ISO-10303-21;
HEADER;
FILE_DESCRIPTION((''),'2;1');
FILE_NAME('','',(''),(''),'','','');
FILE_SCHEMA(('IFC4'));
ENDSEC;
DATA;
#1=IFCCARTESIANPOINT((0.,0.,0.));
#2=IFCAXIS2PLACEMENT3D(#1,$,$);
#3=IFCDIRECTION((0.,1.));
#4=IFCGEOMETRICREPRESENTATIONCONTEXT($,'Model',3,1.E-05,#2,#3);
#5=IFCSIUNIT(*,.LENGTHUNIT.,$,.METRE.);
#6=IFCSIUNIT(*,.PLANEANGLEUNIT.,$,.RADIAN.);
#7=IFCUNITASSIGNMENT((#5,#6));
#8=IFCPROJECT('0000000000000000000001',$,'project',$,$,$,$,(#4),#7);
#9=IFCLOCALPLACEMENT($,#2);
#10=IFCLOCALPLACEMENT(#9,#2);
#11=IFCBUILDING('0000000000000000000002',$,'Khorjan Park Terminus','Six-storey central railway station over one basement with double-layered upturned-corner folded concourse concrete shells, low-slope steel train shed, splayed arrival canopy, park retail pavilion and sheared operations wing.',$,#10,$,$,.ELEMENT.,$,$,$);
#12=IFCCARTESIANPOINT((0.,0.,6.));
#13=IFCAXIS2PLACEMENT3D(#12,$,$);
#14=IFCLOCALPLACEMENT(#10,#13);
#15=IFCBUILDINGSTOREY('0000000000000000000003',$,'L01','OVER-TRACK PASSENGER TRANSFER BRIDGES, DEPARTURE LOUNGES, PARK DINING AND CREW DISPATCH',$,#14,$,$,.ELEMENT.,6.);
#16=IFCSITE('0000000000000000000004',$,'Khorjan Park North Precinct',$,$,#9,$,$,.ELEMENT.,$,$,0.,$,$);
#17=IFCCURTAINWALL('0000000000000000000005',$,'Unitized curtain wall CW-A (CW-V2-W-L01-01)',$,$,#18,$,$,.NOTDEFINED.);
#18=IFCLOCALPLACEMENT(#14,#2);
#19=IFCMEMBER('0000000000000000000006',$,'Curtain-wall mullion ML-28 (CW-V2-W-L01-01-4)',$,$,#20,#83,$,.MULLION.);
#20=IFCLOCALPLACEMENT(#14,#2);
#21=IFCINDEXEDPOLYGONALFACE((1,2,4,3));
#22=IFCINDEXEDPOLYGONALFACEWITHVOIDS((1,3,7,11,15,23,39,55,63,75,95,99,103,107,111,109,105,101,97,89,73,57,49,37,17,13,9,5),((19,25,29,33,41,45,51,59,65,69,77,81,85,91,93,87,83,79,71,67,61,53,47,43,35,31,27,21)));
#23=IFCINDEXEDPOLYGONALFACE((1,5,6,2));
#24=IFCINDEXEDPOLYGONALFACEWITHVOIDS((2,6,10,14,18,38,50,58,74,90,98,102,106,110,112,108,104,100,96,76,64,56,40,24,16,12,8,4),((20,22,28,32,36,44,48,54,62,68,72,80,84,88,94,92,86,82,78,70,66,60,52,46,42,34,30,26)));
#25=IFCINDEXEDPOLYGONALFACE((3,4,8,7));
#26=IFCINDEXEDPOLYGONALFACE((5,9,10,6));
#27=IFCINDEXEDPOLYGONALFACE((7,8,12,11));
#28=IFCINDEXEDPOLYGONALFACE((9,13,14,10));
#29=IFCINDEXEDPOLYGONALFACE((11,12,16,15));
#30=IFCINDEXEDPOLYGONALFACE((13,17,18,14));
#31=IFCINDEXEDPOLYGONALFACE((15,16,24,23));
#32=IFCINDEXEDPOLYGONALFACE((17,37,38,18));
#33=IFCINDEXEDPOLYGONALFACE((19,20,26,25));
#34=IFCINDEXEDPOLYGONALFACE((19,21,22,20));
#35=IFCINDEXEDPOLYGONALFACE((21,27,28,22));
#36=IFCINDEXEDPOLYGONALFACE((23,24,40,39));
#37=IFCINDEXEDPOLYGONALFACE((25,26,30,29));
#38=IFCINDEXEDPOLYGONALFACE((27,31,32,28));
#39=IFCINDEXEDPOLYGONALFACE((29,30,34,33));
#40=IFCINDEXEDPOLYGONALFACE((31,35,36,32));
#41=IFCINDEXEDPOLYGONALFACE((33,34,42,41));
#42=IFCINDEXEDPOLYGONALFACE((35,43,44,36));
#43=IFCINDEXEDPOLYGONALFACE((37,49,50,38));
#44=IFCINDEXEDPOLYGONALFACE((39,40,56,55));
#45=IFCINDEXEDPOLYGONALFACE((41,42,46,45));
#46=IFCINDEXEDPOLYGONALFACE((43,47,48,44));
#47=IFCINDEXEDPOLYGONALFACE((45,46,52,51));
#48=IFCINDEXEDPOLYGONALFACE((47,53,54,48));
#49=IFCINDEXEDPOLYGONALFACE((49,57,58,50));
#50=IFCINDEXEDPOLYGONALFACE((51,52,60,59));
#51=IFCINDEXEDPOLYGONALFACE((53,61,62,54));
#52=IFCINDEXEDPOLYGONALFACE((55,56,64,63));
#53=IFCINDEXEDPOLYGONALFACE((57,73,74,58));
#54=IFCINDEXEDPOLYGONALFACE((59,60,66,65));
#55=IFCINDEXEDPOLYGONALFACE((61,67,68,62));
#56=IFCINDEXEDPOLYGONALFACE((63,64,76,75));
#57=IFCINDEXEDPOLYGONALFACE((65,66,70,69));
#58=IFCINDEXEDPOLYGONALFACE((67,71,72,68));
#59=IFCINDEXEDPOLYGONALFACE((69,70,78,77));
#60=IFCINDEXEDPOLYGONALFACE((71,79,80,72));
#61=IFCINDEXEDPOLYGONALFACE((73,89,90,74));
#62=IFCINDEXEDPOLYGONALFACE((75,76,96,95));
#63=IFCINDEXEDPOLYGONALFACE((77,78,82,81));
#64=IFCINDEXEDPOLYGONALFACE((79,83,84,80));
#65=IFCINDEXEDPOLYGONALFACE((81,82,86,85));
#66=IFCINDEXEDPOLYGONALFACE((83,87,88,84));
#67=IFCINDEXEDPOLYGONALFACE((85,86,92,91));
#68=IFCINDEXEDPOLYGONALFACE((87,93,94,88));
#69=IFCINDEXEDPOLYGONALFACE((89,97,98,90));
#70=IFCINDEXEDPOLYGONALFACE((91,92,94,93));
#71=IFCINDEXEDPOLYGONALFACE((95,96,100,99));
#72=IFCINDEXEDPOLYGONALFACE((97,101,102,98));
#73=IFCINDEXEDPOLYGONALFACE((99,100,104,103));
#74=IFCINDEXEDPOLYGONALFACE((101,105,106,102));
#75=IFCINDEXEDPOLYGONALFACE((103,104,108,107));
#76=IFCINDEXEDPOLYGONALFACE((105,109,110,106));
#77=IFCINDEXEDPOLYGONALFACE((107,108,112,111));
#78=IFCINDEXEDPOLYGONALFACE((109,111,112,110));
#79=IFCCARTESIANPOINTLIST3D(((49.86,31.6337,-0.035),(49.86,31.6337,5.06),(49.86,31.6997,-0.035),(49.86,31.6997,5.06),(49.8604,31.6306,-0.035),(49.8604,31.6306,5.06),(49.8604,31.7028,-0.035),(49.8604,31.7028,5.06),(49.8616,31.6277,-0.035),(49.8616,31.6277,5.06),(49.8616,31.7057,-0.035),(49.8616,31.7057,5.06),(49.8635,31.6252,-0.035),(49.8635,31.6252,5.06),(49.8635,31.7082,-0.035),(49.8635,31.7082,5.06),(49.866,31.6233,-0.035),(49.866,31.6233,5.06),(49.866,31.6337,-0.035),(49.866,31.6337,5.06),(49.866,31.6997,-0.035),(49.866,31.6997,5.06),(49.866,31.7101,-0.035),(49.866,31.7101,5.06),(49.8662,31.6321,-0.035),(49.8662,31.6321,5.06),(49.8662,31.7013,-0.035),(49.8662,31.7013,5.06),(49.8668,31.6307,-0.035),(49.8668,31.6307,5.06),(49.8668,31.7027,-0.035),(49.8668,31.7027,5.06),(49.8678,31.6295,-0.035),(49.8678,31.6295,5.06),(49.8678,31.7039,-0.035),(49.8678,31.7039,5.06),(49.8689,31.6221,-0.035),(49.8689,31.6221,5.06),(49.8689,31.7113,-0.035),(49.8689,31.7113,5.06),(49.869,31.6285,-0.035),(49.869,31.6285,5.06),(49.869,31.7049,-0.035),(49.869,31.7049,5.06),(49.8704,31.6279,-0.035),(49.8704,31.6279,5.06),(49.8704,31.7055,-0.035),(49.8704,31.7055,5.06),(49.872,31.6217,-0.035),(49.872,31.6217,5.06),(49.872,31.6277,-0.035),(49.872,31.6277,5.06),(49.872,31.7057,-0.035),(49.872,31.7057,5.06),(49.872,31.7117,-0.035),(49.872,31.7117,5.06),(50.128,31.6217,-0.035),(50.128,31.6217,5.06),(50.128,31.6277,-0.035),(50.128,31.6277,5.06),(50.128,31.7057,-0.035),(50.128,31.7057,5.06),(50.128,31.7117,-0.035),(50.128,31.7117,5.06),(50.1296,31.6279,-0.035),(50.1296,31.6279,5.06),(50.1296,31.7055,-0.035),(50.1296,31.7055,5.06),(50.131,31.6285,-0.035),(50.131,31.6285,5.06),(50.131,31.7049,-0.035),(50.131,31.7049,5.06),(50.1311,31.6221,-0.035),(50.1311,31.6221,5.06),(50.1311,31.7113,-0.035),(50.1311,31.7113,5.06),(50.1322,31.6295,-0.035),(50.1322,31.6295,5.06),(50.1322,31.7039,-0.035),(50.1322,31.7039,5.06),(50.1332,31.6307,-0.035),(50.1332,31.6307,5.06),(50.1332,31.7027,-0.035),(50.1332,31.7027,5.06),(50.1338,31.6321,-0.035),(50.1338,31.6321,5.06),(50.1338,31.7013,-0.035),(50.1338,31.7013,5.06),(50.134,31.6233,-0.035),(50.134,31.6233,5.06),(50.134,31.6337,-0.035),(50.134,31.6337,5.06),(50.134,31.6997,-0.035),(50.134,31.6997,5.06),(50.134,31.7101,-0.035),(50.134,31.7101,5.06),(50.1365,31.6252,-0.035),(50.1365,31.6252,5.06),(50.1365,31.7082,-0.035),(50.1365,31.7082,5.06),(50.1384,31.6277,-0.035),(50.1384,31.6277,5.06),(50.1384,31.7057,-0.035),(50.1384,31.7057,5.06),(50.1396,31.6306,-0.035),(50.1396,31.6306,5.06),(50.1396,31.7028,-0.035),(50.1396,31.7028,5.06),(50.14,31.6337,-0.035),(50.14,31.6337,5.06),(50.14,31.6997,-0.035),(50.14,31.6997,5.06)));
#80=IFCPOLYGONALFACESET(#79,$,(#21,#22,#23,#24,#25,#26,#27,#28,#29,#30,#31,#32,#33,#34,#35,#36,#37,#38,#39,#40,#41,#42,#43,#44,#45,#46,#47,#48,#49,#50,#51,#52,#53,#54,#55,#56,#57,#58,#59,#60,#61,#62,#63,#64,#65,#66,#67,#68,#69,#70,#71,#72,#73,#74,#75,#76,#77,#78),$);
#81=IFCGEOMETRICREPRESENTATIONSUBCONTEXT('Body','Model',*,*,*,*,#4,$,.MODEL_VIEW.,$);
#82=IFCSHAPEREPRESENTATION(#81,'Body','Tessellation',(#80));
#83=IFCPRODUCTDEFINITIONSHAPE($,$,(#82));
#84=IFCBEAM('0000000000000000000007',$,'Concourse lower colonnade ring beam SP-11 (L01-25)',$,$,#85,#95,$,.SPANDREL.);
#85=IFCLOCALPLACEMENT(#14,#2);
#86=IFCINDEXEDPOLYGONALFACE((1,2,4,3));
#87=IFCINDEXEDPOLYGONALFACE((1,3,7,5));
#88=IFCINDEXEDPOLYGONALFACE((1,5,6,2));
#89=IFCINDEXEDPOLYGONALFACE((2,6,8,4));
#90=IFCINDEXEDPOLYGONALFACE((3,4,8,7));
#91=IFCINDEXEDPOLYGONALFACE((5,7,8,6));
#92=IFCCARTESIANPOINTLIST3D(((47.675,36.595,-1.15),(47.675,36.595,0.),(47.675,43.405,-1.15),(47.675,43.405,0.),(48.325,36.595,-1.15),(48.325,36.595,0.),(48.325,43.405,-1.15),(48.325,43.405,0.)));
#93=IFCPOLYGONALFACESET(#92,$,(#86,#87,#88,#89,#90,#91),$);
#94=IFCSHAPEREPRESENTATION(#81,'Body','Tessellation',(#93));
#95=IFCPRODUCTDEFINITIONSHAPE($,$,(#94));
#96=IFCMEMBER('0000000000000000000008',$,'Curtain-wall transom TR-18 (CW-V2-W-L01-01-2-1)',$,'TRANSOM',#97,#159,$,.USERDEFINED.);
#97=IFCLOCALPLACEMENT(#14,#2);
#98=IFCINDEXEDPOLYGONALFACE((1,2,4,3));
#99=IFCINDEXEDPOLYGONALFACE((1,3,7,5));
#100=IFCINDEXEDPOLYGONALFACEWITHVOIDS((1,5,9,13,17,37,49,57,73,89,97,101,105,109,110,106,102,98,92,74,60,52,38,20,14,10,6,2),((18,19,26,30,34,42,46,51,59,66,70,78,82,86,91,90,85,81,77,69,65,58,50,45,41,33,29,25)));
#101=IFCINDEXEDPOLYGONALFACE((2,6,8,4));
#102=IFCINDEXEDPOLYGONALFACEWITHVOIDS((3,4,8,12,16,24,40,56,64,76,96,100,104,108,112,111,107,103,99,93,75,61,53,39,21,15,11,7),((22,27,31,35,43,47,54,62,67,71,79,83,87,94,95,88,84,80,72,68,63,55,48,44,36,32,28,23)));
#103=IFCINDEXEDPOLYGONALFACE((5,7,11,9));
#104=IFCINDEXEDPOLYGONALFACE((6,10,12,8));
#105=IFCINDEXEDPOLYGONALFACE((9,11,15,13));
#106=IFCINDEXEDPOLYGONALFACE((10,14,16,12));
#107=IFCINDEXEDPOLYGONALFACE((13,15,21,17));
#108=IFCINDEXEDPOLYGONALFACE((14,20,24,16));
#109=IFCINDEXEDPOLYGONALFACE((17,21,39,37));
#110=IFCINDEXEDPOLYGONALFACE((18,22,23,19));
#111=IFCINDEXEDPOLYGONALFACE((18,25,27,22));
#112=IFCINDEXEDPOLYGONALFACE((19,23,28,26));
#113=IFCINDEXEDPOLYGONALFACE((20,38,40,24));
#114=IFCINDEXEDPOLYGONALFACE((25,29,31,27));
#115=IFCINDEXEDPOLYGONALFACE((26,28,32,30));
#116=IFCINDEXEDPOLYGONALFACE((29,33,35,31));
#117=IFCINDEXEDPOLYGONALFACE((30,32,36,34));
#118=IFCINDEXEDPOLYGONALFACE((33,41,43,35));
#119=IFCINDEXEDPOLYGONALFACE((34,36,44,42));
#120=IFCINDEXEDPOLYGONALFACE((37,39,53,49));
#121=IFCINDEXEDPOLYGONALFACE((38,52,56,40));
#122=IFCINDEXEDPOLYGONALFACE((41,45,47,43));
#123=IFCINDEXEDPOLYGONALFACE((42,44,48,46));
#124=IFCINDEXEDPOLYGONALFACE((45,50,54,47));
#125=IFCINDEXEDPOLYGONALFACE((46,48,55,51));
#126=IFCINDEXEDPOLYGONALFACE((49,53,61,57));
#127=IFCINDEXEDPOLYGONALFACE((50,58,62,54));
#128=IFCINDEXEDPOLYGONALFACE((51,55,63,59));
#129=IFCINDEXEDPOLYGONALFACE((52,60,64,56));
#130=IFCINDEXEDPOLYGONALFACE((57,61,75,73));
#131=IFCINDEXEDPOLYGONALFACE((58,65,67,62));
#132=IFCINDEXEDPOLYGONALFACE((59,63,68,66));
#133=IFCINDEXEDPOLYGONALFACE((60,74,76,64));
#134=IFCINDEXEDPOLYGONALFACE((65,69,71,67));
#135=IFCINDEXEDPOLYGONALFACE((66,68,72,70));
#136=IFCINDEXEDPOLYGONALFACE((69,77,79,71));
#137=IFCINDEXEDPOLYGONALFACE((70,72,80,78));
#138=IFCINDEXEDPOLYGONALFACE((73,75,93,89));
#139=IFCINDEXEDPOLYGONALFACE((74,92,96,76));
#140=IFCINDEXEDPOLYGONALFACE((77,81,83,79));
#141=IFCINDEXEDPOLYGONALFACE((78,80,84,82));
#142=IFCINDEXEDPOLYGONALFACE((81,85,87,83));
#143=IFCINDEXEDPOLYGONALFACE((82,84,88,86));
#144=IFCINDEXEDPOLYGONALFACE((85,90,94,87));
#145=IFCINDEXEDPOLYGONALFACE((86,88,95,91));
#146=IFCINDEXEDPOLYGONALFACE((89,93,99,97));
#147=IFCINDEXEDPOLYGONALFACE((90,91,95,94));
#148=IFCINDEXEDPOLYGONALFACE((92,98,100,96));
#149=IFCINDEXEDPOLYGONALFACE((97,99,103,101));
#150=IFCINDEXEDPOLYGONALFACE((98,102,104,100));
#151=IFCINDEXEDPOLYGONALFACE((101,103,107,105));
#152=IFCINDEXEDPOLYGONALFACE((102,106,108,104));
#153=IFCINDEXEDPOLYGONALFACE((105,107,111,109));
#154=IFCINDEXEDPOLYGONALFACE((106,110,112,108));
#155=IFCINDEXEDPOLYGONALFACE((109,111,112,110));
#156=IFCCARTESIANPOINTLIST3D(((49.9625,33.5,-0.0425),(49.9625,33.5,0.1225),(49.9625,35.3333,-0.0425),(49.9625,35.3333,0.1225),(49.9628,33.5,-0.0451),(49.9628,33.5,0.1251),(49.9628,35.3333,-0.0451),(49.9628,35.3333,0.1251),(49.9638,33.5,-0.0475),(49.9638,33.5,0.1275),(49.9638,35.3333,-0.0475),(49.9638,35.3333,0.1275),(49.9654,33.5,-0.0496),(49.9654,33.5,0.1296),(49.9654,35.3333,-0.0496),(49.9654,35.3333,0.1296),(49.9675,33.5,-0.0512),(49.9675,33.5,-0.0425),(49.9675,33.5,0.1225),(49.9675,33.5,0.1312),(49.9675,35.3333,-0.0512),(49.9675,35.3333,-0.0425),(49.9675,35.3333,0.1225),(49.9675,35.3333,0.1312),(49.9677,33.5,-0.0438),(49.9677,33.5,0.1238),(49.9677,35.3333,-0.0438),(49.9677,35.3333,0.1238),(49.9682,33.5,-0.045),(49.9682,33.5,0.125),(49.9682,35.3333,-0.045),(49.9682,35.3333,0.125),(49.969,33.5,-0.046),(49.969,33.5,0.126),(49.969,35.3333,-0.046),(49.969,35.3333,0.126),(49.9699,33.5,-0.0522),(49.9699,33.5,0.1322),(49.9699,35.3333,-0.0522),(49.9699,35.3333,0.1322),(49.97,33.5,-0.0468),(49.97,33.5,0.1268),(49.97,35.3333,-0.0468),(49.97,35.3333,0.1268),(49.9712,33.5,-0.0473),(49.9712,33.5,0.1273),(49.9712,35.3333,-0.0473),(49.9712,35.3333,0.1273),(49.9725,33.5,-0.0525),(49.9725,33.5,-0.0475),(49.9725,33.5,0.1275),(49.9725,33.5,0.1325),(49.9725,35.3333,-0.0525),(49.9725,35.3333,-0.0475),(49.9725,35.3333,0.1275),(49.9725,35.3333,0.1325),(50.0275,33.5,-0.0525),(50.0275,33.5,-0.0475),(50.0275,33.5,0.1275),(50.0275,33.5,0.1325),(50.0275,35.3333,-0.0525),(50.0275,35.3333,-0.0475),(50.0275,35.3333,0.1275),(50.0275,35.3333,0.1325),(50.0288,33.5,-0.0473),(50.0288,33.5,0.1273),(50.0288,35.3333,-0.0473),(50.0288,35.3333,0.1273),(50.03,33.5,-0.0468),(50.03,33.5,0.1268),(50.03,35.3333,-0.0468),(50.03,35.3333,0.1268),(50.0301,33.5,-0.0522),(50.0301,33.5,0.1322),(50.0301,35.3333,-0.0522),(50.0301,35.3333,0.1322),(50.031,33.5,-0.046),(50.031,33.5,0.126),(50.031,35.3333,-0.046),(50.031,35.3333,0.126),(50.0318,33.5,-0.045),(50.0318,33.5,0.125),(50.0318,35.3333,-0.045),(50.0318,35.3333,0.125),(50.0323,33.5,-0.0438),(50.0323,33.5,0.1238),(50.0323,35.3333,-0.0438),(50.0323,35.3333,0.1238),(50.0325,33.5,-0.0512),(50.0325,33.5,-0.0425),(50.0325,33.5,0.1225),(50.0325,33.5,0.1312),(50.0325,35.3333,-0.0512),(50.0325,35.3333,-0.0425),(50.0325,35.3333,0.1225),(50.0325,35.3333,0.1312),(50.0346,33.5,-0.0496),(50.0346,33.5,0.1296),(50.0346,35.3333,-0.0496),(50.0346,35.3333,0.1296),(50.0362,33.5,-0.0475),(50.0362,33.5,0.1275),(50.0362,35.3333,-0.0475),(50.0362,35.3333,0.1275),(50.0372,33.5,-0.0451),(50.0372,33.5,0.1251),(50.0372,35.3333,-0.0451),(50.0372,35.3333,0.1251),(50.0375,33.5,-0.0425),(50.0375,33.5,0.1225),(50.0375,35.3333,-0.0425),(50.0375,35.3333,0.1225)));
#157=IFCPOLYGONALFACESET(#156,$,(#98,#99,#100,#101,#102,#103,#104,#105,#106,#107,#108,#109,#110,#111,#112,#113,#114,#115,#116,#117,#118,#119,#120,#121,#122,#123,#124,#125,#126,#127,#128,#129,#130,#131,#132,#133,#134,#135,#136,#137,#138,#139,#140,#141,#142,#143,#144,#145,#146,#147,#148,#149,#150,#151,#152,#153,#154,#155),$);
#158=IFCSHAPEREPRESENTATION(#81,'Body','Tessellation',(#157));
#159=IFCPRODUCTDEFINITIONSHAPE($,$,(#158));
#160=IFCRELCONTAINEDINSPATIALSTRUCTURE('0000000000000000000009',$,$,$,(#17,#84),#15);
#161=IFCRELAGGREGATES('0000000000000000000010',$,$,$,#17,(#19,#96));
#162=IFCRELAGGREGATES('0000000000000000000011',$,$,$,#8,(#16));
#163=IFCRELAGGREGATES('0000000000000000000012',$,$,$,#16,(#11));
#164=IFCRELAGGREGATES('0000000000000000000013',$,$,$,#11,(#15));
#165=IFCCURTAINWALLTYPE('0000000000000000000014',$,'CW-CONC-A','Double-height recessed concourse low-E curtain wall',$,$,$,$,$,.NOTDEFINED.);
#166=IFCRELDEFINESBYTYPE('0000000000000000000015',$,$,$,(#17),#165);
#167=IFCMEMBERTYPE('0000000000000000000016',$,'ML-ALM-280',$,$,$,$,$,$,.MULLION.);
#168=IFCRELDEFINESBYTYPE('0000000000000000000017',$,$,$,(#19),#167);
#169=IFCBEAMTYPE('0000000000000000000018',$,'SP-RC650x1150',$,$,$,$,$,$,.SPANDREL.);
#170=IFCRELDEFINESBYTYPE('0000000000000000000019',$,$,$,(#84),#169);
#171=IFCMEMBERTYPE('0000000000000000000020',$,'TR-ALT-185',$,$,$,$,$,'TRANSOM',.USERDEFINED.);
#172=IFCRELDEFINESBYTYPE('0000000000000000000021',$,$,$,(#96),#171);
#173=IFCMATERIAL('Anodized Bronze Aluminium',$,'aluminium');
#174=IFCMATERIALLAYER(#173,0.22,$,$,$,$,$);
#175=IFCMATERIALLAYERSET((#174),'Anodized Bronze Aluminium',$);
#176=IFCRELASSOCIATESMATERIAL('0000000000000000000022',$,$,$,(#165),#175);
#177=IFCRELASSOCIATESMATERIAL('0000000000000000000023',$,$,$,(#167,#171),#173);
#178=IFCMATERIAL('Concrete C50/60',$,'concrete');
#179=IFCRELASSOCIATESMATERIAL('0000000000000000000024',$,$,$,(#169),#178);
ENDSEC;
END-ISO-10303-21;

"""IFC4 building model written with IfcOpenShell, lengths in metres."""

from ifc_helpers import new_model, si_unit, direction, frame, origin, origin_2d, place, context, subcontext, project, spatial, rectangle, hollow_rectangle, extrude, material, layer, layer_set, material_profile, profile_set, type_object, element, aggregate, save


model = new_model("IFC4")

# Units and contexts
model_context = context("Model", 3, precision=1e-05, world=origin(), true_north=direction((0.0, 1.0)))
body_context = subcontext(model_context, "Body", "Model", "MODEL_VIEW")
ifc_project = project(units=[si_unit("LENGTHUNIT", "METRE"), si_unit("PLANEANGLEUNIT", "RADIAN")], contexts=[model_context])

# Site, building, storey
site_placement = place(None, origin())
site = spatial("IfcSite", under=ifc_project, at=site_placement, Name="Khorjan Park North Precinct", CompositionType="ELEMENT", RefElevation=0.0)
building_placement = place(site_placement, origin())
building = spatial("IfcBuilding", under=site, at=building_placement, Name="Khorjan Park Terminus", Description="Six-storey central railway station over one basement with double-layered upturned-corner folded concourse concrete shells, low-slope steel train shed, splayed arrival canopy, park retail pavilion and sheared operations wing.", CompositionType="ELEMENT")
storey_placement = place(building_placement, frame((0.0, 0.0, 6.0)))
storey = spatial("IfcBuildingStorey", under=building, at=storey_placement, Name="L01", Description="OVER-TRACK PASSENGER TRANSFER BRIDGES, DEPARTURE LOUNGES, PARK DINING AND CREW DISPATCH", CompositionType="ELEMENT", Elevation=6.0)

# Shared definitions
ifc_material_1 = material(Name="Concrete C50/60", Category="concrete")

# Curtain wall, member
ifc_material_2 = material(Name="Anodized Bronze Aluminium", Category="aluminium")
ifc_layer_1 = layer(ifc_material_2, 0.22)
ifc_layer_set_1 = layer_set([ifc_layer_1], Name="Anodized Bronze Aluminium")
curtain_wall_type = type_object("IfcCurtainWallType", Name="CW-CONC-A", Description="Double-height recessed concourse low-E curtain wall", PredefinedType="NOTDEFINED", material=ifc_layer_set_1)
curtain_wall_placement = place(storey_placement, origin())
curtain_wall = element("IfcCurtainWall", 1, at=curtain_wall_placement, inside=storey, type_object=curtain_wall_type, Name="Unitized curtain wall CW-A (CW-V2-W-L01-01)", PredefinedType="NOTDEFINED")
ifc_material_profile_1 = material_profile(ifc_material_2, hollow_rectangle(XDim=0.09, YDim=0.28, WallThickness=0.006, InnerFilletRadius=0.006, OuterFilletRadius=0.012, at=origin_2d()), Name="ALM 90x280x6")
ifc_profile_set_1 = profile_set([ifc_material_profile_1], Name="Anodized Bronze Aluminium")
member_type_1 = type_object("IfcMemberType", Name="ML-ALM-280", PredefinedType="MULLION", material=ifc_profile_set_1)
member_1_placement = place(storey_placement, frame((50.0, 31.6667, -0.035), z_axis=(0.0, 0.0, 1.0), x_axis=(0.0, -1.0, 0.0)))
member_1 = element("IfcMember", 2, at=member_1_placement, type_object=member_type_1, Name="Curtain-wall mullion ML-28 (CW-V2-W-L01-01-4)", PredefinedType="MULLION", context=body_context, shape_type="SweptSolid", body=[
    extrude(hollow_rectangle(XDim=0.09, YDim=0.28, WallThickness=0.006, InnerFilletRadius=0.006, OuterFilletRadius=0.012, at=origin_2d()), origin(), (0.0, 0.0, 1.0), 5.095),
])

# Beam
ifc_material_profile_2 = material_profile(ifc_material_1, rectangle(XDim=0.65, YDim=1.15, at=origin_2d()), Name="RC 650x1150")
ifc_profile_set_2 = profile_set([ifc_material_profile_2], Name="Concrete C50/60")
beam_type = type_object("IfcBeamType", Name="SP-RC650x1150", PredefinedType="SPANDREL", material=ifc_profile_set_2)
beam_placement = place(storey_placement, frame((48.0, 36.595, -0.575), z_axis=(0.0, 1.0, 0.0), x_axis=(-1.0, 0.0, 0.0)))
element("IfcBeam", 3, at=beam_placement, inside=storey, type_object=beam_type, Name="Concourse lower colonnade ring beam SP-11 (L01-25)", PredefinedType="SPANDREL", context=body_context, shape_type="SweptSolid", body=[
    extrude(rectangle(XDim=0.65, YDim=1.15, at=origin_2d()), origin(), (0.0, 0.0, 1.0), 6.81),
])

# Member
ifc_material_profile_3 = material_profile(ifc_material_2, hollow_rectangle(XDim=0.075, YDim=0.185, WallThickness=0.005, InnerFilletRadius=0.005, OuterFilletRadius=0.01, at=origin_2d()), Name="ALT 75x185x5")
ifc_profile_set_3 = profile_set([ifc_material_profile_3], Name="Anodized Bronze Aluminium")
member_type_2 = type_object("IfcMemberType", Name="TR-ALT-185", ElementType="TRANSOM", PredefinedType="USERDEFINED", material=ifc_profile_set_3)
member_2_placement = place(storey_placement, frame((50.0, 35.3333, 0.04), z_axis=(0.0, -1.0, 0.0), x_axis=(1.0, 0.0, 0.0)))
member_2 = element("IfcMember", 4, at=member_2_placement, type_object=member_type_2, Name="Curtain-wall transom TR-18 (CW-V2-W-L01-01-2-1)", ObjectType="TRANSOM", PredefinedType="USERDEFINED", context=body_context, shape_type="SweptSolid", body=[
    extrude(hollow_rectangle(XDim=0.075, YDim=0.185, WallThickness=0.005, InnerFilletRadius=0.005, OuterFilletRadius=0.01, at=origin_2d()), origin(), (0.0, 0.0, 1.0), 1.8333),
])

aggregate(curtain_wall, [member_1, member_2])

save(model, "model.ifc")
